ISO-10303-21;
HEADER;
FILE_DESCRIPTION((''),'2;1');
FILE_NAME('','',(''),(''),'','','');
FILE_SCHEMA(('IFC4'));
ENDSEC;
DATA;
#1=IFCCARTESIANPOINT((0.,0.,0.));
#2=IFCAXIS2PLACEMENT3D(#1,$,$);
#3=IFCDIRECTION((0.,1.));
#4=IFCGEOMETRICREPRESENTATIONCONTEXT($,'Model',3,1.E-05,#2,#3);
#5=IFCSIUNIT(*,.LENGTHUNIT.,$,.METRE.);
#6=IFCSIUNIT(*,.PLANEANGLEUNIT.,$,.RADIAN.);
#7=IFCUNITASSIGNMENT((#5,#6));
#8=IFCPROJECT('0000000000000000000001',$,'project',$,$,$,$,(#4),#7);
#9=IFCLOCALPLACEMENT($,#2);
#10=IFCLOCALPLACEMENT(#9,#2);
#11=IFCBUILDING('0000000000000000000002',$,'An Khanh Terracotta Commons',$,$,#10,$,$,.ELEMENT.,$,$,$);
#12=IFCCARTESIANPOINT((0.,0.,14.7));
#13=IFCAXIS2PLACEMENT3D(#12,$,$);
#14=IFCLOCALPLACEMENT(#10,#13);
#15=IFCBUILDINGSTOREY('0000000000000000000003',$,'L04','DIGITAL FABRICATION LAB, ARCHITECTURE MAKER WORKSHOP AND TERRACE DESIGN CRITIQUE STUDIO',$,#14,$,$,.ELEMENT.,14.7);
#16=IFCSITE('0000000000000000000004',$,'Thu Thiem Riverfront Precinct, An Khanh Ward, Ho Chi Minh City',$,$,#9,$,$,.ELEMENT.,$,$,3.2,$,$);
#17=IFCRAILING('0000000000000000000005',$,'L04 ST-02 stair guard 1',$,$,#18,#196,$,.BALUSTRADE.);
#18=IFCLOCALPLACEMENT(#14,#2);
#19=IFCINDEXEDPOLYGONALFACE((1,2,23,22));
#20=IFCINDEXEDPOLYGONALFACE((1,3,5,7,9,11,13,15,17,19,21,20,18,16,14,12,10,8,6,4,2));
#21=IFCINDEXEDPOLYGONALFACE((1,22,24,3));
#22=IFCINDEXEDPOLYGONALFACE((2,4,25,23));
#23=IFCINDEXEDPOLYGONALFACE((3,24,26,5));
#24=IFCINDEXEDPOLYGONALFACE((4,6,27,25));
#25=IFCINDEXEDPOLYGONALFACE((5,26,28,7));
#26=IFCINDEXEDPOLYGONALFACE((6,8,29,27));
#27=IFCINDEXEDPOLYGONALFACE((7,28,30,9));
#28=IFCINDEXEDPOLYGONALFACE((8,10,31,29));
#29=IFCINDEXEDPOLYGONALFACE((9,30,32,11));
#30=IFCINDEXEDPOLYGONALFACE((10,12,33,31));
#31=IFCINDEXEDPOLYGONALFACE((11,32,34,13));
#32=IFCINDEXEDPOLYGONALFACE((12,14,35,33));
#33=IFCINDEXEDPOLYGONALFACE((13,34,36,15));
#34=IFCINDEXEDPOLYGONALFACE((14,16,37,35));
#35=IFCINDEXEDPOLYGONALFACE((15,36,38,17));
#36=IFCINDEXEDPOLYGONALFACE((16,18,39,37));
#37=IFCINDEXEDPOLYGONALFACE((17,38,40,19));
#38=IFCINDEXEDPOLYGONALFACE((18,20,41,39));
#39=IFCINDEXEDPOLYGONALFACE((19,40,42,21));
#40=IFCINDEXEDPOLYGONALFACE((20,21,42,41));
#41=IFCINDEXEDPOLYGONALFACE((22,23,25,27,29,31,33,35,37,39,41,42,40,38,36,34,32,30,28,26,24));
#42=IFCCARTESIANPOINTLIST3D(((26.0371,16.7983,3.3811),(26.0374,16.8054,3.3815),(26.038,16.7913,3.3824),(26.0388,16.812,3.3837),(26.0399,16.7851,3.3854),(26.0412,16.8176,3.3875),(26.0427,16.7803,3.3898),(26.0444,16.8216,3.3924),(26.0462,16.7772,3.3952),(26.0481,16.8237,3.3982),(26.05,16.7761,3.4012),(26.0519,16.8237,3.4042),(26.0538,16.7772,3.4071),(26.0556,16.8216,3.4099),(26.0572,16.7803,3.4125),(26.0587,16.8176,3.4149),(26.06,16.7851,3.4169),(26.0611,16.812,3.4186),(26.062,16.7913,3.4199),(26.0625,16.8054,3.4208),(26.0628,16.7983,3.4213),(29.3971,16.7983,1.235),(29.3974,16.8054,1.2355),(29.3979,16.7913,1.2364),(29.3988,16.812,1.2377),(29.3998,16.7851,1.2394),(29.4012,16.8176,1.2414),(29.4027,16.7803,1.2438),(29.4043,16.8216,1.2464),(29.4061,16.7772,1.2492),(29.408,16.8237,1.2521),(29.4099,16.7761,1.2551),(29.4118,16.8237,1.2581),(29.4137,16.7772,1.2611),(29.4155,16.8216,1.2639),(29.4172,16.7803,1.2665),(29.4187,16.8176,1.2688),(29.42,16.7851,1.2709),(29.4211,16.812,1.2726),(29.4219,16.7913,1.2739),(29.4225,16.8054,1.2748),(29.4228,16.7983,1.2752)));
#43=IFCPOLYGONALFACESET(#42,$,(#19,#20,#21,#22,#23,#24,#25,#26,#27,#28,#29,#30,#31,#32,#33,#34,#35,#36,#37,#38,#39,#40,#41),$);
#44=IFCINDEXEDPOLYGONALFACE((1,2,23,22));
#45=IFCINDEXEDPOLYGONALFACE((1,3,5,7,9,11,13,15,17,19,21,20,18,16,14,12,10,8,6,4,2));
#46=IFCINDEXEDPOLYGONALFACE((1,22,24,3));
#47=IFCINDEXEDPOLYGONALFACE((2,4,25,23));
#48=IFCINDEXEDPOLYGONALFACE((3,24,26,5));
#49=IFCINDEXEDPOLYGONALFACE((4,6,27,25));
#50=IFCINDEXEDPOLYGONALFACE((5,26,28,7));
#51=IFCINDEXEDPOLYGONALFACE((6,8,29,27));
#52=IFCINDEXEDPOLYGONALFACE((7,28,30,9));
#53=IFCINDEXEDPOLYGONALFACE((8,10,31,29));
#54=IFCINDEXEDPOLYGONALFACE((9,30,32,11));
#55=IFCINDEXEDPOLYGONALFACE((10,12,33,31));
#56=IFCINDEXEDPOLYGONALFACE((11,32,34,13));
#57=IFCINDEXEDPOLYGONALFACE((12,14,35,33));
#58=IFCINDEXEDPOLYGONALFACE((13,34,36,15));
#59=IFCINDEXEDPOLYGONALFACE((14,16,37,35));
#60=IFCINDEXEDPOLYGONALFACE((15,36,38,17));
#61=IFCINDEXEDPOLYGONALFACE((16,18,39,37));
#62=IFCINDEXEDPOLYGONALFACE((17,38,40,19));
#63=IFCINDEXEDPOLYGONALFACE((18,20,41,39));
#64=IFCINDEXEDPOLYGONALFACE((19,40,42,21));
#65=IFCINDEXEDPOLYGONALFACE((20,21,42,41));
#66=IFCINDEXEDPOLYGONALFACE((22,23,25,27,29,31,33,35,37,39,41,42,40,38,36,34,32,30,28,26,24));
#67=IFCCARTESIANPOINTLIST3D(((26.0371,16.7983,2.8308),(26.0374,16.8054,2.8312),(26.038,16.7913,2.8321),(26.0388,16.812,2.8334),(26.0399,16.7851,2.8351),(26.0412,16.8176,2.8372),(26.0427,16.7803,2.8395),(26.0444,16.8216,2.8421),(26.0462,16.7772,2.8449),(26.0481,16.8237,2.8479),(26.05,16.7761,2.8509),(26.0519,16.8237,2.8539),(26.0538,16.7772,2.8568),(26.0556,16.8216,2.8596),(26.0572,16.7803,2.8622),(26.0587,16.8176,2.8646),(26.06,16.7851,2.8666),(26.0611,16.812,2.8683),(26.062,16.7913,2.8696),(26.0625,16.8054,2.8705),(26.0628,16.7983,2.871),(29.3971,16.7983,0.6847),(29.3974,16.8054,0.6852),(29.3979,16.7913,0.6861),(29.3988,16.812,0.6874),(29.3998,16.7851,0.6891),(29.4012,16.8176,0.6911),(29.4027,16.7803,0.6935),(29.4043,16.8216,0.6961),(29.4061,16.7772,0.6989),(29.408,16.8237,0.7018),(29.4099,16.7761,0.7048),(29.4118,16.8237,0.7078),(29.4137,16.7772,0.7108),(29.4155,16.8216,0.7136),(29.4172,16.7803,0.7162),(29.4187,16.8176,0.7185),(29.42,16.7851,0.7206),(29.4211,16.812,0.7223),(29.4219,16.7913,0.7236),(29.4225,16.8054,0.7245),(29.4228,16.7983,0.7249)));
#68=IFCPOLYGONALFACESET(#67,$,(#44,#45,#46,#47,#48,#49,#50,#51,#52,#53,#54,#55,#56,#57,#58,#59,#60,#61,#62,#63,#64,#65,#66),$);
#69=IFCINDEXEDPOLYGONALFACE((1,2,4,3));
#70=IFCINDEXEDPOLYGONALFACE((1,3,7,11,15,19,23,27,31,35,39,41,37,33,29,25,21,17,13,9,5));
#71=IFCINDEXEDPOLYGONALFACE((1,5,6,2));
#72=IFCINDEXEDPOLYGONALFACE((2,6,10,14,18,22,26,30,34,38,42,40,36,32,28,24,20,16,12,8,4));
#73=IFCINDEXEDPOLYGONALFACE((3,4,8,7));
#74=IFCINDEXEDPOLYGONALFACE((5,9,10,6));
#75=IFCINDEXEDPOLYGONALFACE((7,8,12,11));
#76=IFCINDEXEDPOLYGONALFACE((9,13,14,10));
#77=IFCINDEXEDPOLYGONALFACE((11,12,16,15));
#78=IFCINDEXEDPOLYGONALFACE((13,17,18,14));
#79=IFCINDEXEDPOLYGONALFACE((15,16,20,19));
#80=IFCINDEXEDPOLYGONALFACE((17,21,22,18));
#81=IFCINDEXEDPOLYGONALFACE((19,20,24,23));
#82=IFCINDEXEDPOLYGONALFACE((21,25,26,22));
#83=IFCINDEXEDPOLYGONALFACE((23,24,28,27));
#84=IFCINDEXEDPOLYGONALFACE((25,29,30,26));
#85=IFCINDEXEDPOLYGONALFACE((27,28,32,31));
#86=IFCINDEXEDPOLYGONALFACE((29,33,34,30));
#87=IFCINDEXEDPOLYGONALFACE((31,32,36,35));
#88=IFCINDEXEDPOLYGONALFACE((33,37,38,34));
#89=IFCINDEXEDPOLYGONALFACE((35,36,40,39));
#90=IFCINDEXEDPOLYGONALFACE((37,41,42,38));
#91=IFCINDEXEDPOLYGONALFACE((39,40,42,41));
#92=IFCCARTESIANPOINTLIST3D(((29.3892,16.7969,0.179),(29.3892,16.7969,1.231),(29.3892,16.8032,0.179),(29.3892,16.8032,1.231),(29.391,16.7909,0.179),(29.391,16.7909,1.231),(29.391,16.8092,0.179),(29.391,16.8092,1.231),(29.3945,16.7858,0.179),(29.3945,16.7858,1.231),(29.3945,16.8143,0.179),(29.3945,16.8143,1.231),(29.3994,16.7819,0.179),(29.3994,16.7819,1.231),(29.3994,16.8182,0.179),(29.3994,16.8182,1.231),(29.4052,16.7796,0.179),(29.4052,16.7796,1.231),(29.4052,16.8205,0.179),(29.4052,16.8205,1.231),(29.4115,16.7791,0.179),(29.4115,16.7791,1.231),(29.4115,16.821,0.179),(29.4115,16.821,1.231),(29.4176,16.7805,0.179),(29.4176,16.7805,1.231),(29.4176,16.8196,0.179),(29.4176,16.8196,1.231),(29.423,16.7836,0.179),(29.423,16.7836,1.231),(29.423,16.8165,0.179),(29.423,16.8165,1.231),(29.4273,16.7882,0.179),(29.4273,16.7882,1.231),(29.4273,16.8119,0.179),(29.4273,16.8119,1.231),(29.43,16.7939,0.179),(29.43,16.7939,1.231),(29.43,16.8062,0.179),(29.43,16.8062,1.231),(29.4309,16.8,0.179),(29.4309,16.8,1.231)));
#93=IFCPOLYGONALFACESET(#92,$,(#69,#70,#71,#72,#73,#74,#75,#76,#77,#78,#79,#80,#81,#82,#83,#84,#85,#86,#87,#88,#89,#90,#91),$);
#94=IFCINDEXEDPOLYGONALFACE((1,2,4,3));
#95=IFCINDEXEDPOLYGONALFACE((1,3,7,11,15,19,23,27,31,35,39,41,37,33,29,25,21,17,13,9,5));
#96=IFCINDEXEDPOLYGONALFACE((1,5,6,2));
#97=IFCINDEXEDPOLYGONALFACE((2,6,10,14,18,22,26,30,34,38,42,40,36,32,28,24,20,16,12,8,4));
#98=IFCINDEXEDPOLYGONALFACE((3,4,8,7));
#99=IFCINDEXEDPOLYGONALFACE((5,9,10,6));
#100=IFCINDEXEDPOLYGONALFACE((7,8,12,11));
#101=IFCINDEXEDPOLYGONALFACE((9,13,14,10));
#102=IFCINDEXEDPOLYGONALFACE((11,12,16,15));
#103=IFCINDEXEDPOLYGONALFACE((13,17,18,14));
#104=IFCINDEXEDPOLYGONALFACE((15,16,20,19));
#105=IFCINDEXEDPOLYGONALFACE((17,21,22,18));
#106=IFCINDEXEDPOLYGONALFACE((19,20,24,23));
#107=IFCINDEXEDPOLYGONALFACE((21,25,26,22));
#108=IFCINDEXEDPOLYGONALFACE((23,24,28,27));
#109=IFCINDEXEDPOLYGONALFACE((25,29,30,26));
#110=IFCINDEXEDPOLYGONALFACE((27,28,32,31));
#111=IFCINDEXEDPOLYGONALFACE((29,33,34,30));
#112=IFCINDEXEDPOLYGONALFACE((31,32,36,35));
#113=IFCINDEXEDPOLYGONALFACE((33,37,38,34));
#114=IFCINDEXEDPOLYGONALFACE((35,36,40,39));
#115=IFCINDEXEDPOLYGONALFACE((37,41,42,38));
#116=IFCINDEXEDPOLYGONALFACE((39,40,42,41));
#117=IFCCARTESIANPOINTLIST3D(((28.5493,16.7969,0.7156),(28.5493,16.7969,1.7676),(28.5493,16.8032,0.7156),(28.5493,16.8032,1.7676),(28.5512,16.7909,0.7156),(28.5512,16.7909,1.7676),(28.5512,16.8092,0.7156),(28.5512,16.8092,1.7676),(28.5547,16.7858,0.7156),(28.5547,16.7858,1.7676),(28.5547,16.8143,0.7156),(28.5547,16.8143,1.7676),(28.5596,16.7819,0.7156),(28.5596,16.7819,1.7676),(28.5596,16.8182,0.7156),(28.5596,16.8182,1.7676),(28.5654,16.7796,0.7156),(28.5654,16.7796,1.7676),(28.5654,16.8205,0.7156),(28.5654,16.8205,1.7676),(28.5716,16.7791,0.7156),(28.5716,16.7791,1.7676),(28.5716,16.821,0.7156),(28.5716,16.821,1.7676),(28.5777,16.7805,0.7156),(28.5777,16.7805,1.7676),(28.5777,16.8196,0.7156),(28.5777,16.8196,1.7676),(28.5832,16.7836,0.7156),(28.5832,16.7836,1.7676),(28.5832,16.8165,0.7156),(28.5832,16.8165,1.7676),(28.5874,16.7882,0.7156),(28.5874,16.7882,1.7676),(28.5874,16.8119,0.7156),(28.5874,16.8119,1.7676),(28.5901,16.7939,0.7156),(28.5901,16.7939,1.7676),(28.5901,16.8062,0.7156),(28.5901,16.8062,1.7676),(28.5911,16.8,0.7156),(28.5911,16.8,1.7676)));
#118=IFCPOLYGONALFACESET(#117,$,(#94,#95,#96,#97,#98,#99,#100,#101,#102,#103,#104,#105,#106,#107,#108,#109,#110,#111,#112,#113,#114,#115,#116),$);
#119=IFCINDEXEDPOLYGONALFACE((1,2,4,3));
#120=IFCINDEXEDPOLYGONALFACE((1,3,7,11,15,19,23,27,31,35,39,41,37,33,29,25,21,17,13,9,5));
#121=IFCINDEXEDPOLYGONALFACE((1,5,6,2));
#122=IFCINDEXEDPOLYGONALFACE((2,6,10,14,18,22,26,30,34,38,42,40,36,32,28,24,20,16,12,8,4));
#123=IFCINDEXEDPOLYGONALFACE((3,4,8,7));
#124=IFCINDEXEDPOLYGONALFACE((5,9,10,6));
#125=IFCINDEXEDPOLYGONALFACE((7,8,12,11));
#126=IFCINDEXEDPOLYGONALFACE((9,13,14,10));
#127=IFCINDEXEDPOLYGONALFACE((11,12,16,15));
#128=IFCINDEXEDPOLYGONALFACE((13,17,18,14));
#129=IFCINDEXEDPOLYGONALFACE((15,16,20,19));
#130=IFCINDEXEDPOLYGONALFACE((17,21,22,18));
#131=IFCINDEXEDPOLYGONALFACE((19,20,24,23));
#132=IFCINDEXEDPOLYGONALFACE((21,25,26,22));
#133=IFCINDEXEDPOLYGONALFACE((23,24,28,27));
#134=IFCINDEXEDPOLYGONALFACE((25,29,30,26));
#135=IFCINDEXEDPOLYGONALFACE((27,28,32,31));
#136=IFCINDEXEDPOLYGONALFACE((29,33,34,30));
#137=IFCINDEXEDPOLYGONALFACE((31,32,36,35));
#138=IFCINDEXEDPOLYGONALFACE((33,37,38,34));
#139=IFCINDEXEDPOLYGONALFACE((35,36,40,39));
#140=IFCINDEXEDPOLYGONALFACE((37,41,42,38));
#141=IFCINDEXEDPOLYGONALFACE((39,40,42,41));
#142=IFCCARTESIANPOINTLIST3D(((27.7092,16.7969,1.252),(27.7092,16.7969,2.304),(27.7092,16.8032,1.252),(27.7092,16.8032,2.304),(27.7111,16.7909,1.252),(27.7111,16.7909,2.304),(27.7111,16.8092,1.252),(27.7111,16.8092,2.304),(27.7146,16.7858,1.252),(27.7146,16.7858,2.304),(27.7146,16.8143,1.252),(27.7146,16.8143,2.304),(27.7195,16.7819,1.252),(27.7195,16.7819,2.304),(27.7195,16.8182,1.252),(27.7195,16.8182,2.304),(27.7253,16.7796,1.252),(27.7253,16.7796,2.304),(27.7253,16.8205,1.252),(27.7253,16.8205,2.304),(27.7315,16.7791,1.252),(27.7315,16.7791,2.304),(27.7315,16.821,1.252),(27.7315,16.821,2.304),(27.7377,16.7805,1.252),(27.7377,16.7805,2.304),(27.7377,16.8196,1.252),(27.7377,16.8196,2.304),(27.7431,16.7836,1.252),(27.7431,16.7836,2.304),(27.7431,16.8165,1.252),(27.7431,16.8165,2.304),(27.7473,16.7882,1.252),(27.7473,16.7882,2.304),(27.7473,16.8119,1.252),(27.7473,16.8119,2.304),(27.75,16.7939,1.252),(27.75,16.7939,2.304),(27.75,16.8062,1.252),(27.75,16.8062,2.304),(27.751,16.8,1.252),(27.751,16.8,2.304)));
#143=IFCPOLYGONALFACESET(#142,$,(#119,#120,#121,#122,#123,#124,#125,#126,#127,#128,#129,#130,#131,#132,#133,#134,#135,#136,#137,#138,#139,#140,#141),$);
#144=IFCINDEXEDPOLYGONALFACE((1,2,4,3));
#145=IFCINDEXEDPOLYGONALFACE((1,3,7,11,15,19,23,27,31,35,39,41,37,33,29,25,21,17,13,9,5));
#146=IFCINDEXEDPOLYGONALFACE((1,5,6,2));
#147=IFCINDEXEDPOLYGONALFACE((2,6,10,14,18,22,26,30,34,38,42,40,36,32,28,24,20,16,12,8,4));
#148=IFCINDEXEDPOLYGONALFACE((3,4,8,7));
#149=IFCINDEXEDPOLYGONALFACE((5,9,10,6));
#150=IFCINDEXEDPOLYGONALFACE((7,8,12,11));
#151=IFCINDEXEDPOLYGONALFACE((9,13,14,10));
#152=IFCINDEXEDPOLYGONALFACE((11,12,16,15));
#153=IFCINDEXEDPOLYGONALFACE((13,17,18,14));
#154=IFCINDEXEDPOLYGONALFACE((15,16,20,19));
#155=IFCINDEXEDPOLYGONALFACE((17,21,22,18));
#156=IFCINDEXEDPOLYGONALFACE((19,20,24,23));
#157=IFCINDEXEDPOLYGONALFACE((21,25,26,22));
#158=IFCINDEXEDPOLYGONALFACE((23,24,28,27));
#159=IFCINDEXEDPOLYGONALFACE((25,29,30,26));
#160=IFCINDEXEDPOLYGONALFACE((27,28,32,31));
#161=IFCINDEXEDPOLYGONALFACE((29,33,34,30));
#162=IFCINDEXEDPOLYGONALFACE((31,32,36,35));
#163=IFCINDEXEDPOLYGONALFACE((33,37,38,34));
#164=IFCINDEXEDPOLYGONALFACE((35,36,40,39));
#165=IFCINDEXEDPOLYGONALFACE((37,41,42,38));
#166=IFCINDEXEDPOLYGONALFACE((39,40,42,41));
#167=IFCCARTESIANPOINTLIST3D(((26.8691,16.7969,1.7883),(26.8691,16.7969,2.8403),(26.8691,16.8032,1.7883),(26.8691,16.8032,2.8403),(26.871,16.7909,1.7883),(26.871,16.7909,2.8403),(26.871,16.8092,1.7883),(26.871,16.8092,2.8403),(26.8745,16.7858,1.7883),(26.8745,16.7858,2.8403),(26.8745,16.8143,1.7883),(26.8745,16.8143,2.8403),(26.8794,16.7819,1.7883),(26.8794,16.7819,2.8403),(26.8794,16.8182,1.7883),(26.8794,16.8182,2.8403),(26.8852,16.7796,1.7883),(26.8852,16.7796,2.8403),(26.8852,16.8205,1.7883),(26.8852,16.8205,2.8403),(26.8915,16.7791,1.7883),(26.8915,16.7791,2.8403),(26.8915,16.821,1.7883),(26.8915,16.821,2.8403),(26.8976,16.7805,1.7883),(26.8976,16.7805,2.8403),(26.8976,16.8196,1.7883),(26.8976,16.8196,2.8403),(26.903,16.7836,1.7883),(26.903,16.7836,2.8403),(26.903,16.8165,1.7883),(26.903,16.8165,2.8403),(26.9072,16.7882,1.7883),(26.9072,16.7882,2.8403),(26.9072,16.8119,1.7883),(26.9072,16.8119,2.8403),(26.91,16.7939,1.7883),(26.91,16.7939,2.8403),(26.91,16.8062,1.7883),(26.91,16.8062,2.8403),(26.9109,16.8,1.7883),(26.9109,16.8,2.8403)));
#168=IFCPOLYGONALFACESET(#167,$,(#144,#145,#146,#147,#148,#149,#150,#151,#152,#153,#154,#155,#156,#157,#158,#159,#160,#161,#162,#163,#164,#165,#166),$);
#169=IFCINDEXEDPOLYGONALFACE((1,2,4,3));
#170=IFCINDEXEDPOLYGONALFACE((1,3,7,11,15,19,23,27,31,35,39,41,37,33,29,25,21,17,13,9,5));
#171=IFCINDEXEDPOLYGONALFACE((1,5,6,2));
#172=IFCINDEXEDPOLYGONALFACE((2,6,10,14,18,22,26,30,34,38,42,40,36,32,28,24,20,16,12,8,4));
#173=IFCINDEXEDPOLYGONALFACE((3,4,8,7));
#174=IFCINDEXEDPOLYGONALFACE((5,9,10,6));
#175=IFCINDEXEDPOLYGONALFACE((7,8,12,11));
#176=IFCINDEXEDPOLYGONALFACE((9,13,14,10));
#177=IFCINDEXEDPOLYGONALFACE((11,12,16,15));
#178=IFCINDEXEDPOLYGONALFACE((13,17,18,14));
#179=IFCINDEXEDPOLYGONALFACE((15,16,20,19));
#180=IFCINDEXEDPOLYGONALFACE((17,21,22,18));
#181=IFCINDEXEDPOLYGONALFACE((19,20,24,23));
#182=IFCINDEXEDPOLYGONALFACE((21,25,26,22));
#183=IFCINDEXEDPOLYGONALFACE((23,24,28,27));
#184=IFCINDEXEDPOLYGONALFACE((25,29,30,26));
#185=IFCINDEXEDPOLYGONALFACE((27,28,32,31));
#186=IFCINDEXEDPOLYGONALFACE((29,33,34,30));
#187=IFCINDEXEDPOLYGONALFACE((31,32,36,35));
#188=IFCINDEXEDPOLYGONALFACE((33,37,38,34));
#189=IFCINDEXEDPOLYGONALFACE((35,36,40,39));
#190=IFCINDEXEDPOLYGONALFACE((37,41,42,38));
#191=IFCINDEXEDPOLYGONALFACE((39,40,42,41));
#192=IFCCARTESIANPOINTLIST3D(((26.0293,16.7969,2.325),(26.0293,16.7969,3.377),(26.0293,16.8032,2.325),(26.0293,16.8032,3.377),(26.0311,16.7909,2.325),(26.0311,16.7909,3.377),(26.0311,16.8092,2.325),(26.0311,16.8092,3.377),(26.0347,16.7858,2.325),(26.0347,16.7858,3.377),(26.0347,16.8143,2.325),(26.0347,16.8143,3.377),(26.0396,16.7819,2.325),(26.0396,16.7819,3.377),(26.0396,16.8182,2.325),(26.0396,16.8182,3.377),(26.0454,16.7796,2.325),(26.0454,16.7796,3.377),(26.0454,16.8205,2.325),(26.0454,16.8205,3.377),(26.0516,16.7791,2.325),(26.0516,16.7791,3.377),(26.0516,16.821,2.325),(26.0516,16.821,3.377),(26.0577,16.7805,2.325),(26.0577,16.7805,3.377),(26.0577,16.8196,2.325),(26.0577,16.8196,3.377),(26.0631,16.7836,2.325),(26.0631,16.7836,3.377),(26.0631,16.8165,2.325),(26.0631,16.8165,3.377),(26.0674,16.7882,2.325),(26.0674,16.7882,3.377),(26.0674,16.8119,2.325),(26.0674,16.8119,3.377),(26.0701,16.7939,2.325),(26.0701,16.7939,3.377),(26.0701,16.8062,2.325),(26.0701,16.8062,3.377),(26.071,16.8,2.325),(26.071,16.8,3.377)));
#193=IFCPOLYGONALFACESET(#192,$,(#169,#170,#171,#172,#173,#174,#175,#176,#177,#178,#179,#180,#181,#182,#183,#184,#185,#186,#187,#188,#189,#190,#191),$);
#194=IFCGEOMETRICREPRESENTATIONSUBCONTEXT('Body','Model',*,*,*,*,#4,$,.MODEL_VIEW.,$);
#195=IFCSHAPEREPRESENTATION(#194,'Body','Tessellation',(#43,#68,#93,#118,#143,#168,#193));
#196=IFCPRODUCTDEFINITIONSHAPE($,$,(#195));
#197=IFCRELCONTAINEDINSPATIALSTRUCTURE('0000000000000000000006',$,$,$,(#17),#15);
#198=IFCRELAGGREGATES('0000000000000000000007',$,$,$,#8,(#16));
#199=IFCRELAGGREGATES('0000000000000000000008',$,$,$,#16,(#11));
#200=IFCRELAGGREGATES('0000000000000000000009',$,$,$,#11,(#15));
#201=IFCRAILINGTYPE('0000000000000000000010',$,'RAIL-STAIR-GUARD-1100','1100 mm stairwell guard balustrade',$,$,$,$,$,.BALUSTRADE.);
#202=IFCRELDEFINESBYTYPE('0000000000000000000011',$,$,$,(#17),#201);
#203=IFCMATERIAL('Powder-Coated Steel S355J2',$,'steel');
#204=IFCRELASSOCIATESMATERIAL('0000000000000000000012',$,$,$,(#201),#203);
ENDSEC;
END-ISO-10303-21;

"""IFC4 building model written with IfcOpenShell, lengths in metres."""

from ifc_helpers import new_model, si_unit, direction, frame, origin, origin_2d, place, context, subcontext, project, spatial, circle, extrude, material, type_object, element, save


model = new_model("IFC4")

# Units and contexts
model_context = context("Model", 3, precision=1e-05, world=origin(), true_north=direction((0.0, 1.0)))
body_context = subcontext(model_context, "Body", "Model", "MODEL_VIEW")
ifc_project = project(units=[si_unit("LENGTHUNIT", "METRE"), si_unit("PLANEANGLEUNIT", "RADIAN")], contexts=[model_context])

# Site, building, storey
site_placement = place(None, origin())
site = spatial("IfcSite", under=ifc_project, at=site_placement, Name="Thu Thiem Riverfront Precinct, An Khanh Ward, Ho Chi Minh City", CompositionType="ELEMENT", RefElevation=3.2)
building_placement = place(site_placement, origin())
building = spatial("IfcBuilding", under=site, at=building_placement, Name="An Khanh Terracotta Commons", CompositionType="ELEMENT")
storey_placement = place(building_placement, frame((0.0, 0.0, 14.7)))
storey = spatial("IfcBuildingStorey", under=building, at=storey_placement, Name="L04", Description="DIGITAL FABRICATION LAB, ARCHITECTURE MAKER WORKSHOP AND TERRACE DESIGN CRITIQUE STUDIO", CompositionType="ELEMENT", Elevation=14.7)

# Railing
ifc_material_1 = material(Name="Powder-Coated Steel S355J2", Category="steel")
railing_type = type_object("IfcRailingType", Name="RAIL-STAIR-GUARD-1100", Description="1100 mm stairwell guard balustrade", PredefinedType="BALUSTRADE", material=ifc_material_1)
railing_1_placement = place(storey_placement, frame((29.4099, 16.8, 0.179)))
element("IfcRailing", 1, at=railing_1_placement, inside=storey, type_object=railing_type, Name="L04 ST-02 stair guard 1", PredefinedType="BALUSTRADE", context=body_context, shape_type="SweptSolid", body=[
    extrude(circle(Radius=0.0239, at=origin_2d()), frame((0.0, 0.0, 1.0762), z_axis=(-0.842763, 0.0, 0.538285), x_axis=(0.0, -1.0, 0.0)), (0.0, 0.0, 1.0), 3.9868),
    extrude(circle(Radius=0.0239, at=origin_2d()), frame((0.0, 0.0, 0.5259), z_axis=(-0.842763, 0.0, 0.538285), x_axis=(0.0, -1.0, 0.0)), (0.0, 0.0, 1.0), 3.9868),
    extrude(circle(Radius=0.021, at=origin_2d()), origin(), (0.0, 0.0, 1.0), 1.052),
    extrude(circle(Radius=0.021, at=origin_2d()), frame((-0.8398, 0.0, 0.5366)), (0.0, 0.0, 1.0), 1.052),
    extrude(circle(Radius=0.021, at=origin_2d()), frame((-1.6799, 0.0, 1.073)), (0.0, 0.0, 1.0), 1.052),
    extrude(circle(Radius=0.021, at=origin_2d()), frame((-2.52, 0.0, 1.6094)), (0.0, 0.0, 1.0), 1.052),
    extrude(circle(Radius=0.021, at=origin_2d()), frame((-3.3599, 0.0, 2.146)), (0.0, 0.0, 1.0), 1.052),
])

save(model, "model.ifc")
